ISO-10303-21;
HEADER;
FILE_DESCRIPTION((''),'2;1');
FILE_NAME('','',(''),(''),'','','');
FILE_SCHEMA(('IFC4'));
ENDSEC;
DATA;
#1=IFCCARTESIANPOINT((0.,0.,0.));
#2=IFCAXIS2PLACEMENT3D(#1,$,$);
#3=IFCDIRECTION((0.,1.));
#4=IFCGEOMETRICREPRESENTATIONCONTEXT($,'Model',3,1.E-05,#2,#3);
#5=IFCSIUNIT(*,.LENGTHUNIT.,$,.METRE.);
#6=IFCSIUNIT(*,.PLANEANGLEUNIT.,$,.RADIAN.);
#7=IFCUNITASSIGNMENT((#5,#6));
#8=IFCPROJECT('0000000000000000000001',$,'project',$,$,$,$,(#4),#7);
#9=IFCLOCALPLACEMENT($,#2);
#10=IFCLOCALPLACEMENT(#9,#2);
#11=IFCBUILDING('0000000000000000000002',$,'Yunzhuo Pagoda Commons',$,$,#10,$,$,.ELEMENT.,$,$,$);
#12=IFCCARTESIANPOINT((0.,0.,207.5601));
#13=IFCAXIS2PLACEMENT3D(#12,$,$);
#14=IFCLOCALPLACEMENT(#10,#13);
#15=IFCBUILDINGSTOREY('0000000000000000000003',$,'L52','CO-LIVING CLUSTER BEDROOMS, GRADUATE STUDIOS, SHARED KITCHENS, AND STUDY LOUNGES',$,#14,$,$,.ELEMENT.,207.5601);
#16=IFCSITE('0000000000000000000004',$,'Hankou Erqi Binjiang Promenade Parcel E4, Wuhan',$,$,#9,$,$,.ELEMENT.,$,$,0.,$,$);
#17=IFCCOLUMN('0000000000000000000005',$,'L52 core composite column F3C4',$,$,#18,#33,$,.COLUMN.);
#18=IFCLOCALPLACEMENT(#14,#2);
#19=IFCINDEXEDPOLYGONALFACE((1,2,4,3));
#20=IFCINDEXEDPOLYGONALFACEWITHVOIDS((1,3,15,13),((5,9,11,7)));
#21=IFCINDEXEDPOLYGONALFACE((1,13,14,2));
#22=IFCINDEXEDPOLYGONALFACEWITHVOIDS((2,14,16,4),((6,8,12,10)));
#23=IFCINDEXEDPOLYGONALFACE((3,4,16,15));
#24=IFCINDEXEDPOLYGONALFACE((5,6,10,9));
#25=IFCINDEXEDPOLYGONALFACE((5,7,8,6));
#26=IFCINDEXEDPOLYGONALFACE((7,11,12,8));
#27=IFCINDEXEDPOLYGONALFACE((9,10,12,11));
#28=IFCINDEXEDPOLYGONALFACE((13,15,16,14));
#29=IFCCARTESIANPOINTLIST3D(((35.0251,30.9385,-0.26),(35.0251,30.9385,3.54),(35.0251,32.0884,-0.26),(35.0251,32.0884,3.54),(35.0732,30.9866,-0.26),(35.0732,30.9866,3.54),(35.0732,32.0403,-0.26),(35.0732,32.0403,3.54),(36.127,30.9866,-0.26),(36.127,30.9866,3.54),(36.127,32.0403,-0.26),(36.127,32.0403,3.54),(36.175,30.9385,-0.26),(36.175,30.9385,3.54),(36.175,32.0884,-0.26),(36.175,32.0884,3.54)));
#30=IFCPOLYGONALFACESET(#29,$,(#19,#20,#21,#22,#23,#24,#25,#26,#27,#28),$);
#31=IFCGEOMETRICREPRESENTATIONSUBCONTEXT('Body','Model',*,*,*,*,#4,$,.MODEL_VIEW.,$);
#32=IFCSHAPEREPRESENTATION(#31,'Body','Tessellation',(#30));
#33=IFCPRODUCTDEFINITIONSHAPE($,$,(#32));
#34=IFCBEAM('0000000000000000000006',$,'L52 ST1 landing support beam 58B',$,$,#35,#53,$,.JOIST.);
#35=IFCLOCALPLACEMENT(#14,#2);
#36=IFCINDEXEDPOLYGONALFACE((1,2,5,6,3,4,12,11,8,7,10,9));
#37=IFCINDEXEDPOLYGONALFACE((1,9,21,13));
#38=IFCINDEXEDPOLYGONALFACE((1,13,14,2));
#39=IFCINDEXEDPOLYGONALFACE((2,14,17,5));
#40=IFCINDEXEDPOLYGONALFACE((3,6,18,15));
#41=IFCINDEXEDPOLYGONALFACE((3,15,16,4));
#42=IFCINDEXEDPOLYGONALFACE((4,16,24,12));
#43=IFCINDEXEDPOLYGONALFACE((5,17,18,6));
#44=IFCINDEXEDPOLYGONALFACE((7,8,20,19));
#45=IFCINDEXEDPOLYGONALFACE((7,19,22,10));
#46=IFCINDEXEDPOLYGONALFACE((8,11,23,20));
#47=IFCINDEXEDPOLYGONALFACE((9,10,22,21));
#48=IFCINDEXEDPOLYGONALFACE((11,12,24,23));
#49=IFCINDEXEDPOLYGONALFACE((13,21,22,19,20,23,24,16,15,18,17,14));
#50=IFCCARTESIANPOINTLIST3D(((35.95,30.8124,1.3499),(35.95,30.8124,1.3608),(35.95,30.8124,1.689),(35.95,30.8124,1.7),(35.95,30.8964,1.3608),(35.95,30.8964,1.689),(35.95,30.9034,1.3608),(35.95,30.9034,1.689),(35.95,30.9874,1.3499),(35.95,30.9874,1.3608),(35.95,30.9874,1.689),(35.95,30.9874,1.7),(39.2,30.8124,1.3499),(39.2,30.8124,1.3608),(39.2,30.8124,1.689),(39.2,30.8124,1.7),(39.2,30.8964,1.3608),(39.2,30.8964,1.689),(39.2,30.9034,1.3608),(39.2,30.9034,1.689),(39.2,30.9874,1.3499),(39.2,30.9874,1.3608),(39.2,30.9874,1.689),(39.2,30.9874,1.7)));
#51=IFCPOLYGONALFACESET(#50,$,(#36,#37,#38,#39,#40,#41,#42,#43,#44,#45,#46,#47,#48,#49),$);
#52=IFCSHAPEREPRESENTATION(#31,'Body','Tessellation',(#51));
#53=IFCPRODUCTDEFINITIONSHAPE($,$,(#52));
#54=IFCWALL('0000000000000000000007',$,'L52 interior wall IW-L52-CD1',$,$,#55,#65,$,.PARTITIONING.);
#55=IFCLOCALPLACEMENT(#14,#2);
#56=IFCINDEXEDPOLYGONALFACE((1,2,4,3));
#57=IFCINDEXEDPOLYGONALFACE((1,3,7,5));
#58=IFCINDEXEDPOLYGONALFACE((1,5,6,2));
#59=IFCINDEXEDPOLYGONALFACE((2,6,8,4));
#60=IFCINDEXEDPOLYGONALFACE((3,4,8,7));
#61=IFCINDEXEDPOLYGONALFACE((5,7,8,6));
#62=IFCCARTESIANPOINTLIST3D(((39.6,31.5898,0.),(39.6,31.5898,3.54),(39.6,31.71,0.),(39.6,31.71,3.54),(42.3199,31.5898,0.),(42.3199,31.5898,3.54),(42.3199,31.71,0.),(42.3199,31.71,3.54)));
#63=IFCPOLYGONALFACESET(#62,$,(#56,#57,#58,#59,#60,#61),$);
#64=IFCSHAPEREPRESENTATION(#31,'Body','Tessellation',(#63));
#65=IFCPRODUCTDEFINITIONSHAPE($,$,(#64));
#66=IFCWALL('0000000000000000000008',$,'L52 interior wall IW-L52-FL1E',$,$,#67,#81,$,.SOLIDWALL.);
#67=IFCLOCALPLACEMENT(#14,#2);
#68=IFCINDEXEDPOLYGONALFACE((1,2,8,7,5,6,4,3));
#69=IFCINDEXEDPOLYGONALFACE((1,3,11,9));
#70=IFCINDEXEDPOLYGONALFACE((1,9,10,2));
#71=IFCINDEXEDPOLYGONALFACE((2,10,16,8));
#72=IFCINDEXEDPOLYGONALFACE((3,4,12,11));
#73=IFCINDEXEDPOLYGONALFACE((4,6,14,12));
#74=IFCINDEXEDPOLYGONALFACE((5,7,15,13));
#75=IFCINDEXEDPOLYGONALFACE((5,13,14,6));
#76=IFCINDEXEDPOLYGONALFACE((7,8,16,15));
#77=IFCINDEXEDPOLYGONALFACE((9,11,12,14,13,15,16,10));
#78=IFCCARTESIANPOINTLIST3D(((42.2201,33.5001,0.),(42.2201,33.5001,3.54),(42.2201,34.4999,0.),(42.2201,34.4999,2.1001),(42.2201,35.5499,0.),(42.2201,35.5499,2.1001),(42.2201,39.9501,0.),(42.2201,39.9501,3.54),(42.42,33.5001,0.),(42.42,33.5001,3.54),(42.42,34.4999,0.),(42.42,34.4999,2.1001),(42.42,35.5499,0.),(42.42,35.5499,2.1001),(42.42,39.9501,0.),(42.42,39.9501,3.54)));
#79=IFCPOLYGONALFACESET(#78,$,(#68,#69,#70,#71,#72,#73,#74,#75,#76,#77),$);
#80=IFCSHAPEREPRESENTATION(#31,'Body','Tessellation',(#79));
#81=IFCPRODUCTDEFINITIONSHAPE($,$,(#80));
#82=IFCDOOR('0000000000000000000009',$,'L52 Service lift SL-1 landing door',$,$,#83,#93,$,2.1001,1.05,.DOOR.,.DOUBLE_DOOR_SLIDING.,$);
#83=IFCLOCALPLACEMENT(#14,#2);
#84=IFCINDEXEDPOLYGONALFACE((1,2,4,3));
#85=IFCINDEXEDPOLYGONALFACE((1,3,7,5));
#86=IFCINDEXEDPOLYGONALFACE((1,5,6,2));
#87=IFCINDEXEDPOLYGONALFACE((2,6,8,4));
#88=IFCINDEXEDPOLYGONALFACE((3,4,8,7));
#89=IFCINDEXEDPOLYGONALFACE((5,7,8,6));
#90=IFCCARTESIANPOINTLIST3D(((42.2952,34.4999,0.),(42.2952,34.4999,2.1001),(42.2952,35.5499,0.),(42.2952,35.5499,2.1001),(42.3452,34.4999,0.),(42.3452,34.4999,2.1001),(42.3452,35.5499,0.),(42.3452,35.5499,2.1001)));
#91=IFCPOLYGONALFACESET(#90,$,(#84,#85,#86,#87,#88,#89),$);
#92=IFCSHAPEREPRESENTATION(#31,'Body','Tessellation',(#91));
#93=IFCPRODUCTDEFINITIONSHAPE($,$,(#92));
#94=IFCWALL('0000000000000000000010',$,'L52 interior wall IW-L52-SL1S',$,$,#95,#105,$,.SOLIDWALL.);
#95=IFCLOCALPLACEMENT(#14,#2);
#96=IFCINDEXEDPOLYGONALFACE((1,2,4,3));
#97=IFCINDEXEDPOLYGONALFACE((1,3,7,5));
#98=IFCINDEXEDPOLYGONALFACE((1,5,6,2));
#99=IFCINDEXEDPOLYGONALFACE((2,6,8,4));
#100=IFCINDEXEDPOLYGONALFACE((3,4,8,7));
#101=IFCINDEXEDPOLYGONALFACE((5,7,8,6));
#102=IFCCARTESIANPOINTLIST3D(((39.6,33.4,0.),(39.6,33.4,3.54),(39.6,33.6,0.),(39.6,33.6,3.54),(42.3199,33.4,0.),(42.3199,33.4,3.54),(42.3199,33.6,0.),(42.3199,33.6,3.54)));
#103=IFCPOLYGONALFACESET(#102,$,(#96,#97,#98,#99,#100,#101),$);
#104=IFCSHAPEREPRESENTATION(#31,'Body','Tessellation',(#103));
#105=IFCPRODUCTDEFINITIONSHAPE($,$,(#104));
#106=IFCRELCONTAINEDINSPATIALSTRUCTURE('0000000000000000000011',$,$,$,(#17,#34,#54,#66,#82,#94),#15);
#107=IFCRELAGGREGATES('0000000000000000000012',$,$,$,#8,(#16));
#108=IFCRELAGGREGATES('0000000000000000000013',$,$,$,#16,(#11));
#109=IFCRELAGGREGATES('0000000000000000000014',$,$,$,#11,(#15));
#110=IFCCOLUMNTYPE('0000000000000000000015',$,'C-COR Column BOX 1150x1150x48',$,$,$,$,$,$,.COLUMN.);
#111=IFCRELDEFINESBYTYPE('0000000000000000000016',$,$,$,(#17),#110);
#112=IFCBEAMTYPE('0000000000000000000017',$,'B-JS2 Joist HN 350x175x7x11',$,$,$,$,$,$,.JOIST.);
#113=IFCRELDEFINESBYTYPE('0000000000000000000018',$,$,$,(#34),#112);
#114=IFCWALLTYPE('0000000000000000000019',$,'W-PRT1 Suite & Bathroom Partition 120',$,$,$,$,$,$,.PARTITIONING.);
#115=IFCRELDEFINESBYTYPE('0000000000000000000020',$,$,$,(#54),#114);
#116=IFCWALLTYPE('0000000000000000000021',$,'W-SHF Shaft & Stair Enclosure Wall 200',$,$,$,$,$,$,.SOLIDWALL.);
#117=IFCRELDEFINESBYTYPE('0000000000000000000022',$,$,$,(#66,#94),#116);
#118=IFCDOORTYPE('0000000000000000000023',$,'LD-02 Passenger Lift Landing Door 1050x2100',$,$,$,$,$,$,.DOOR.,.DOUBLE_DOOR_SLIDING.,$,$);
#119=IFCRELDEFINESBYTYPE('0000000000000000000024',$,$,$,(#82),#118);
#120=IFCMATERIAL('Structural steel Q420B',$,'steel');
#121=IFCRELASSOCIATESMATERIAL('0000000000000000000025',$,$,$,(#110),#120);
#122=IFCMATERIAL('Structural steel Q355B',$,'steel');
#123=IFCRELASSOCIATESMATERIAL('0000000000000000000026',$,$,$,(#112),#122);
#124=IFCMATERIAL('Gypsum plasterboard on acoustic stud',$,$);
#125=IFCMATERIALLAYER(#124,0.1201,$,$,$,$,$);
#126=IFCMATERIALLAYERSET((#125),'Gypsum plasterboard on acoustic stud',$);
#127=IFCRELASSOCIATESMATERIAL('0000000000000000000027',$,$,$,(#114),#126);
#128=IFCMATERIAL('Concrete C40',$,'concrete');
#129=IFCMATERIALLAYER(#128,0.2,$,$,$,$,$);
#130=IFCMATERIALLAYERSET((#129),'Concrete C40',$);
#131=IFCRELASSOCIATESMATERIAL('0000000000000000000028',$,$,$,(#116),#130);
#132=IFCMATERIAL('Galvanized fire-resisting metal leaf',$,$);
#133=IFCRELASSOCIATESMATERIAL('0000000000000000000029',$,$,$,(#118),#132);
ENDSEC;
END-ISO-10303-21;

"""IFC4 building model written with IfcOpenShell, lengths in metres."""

from ifc_helpers import new_model, si_unit, direction, frame, frame_2d, origin, origin_with_axes, origin_2d, place, context, subcontext, project, spatial, rectangle, hollow_rectangle, i_section, extrude, source, transform, mapped, material, layer, layer_set, material_profile, profile_set, type_object, element, fill, save


model = new_model("IFC4")

# Units and contexts
model_context = context("Model", 3, precision=1e-05, world=origin(), true_north=direction((0.0, 1.0)))
body_context = subcontext(model_context, "Body", "Model", "MODEL_VIEW")
ifc_project = project(units=[si_unit("LENGTHUNIT", "METRE"), si_unit("PLANEANGLEUNIT", "RADIAN")], contexts=[model_context])

# Site, building, storey
site_placement = place(None, origin())
site = spatial("IfcSite", under=ifc_project, at=site_placement, Name="Hankou Erqi Binjiang Promenade Parcel E4, Wuhan", CompositionType="ELEMENT", RefElevation=0.0)
building_placement = place(site_placement, origin())
building = spatial("IfcBuilding", under=site, at=building_placement, Name="Yunzhuo Pagoda Commons", CompositionType="ELEMENT")
storey_placement = place(building_placement, frame((0.0, 0.0, 207.5601)))
storey = spatial("IfcBuildingStorey", under=building, at=storey_placement, Name="L52", Description="CO-LIVING CLUSTER BEDROOMS, GRADUATE STUDIOS, SHARED KITCHENS, AND STUDY LOUNGES", CompositionType="ELEMENT", Elevation=207.5601)

# Column
ifc_material_1 = material(Name="Structural steel Q420B", Category="steel")
ifc_material_profile_1 = material_profile(ifc_material_1, hollow_rectangle(XDim=1.1499, YDim=1.1499, WallThickness=0.0481, at=origin_2d()), Name="Structural steel Q420B")
ifc_profile_set_1 = profile_set([ifc_material_profile_1], Name="Structural steel Q420B")
column_type = type_object("IfcColumnType", Name="C-COR Column BOX 1150x1150x48", PredefinedType="COLUMN", material=ifc_profile_set_1)
shared_shape_1 = source(origin(), body_context, "Body", "SweptSolid", [
    extrude(hollow_rectangle(XDim=1.1499, YDim=1.1499, WallThickness=0.0481, at=origin_2d()), origin(), (0.0, 0.0, 1.0), 3.8),
])
column_placement = place(storey_placement, frame((35.6001, 31.5134, -0.26), z_axis=(0.0, 0.0, 1.0), x_axis=(1.0, 0.0, 0.0)))
element("IfcColumn", 1, at=column_placement, inside=storey, type_object=column_type, Name="L52 core composite column F3C4", PredefinedType="COLUMN", context=body_context, shape_type="MappedRepresentation", body=[
    mapped(shared_shape_1, transform((0.0, 0.0, 0.0), scale=1.0)),
])

# Beam
ifc_material_2 = material(Name="Structural steel Q355B", Category="steel")
ifc_material_profile_2 = material_profile(ifc_material_2, i_section(OverallWidth=0.175, OverallDepth=0.3501, WebThickness=0.0071, FlangeThickness=0.011, at=origin_2d()), Name="Structural steel Q355B")
ifc_profile_set_2 = profile_set([ifc_material_profile_2], Name="Structural steel Q355B")
beam_type = type_object("IfcBeamType", Name="B-JS2 Joist HN 350x175x7x11", PredefinedType="JOIST", material=ifc_profile_set_2)
shared_shape_2 = source(origin(), body_context, "Body", "SweptSolid", [
    extrude(i_section(OverallWidth=0.175, OverallDepth=0.3501, WebThickness=0.0071, FlangeThickness=0.011, at=origin_2d()), origin(), (0.0, 0.0, 1.0), 3.25),
])
beam_placement = place(storey_placement, frame((35.95, 30.8999, 1.5249), z_axis=(1.0, 0.0, 0.0), x_axis=(0.0, 1.0, 0.0)))
element("IfcBeam", 2, at=beam_placement, inside=storey, type_object=beam_type, Name="L52 ST1 landing support beam 58B", PredefinedType="JOIST", context=body_context, shape_type="MappedRepresentation", body=[
    mapped(shared_shape_2, transform((0.0, 0.0, 0.0), scale=1.0)),
])

# Wall
ifc_material_3 = material(Name="Gypsum plasterboard on acoustic stud")
ifc_layer_1 = layer(ifc_material_3, 0.1201)
ifc_layer_set_1 = layer_set([ifc_layer_1], Name="Gypsum plasterboard on acoustic stud")
wall_type_1 = type_object("IfcWallType", Name="W-PRT1 Suite & Bathroom Partition 120", PredefinedType="PARTITIONING", material=ifc_layer_set_1)
wall_1_placement = place(storey_placement, frame((39.6001, 31.6499, 0.0), z_axis=(0.0, 0.0, 1.0), x_axis=(1.0, 0.0, 0.0)))
element("IfcWall", 3, at=wall_1_placement, inside=storey, type_object=wall_type_1, Name="L52 interior wall IW-L52-CD1", PredefinedType="PARTITIONING", context=body_context, shape_type="SweptSolid", body=[
    extrude(rectangle(XDim=2.72, YDim=0.1201, at=frame_2d((1.3599, 0.0))), origin(), (0.0, 0.0, 1.0), 3.54),
])

# Wall, opening, door
ifc_material_4 = material(Name="Concrete C40", Category="concrete")
ifc_layer_2 = layer(ifc_material_4, 0.2)
ifc_layer_set_2 = layer_set([ifc_layer_2], Name="Concrete C40")
wall_type_2 = type_object("IfcWallType", Name="W-SHF Shaft & Stair Enclosure Wall 200", PredefinedType="SOLIDWALL", material=ifc_layer_set_2)
wall_2_placement = place(storey_placement, frame((42.3201, 33.5, 0.0), z_axis=(0.0, 0.0, 1.0), x_axis=(0.0, 1.0, 0.0)))
wall_2 = element("IfcWall", 4, at=wall_2_placement, inside=storey, type_object=wall_type_2, Name="L52 interior wall IW-L52-FL1E", PredefinedType="SOLIDWALL", context=body_context, shape_type="SweptSolid", body=[
    extrude(rectangle(XDim=6.45, YDim=0.2, at=frame_2d((3.2251, 0.0))), origin(), (0.0, 0.0, 1.0), 3.54),
])
opening_1_placement = place(wall_2_placement, frame((1.0, 0.0, 0.0)))
opening_1 = element("IfcOpeningElement", 5, at=opening_1_placement, cuts=wall_2, PredefinedType="OPENING", context=body_context, shape_type="SweptSolid", body=[
    extrude(rectangle(XDim=1.05, YDim=2.1001, at=frame_2d((0.5249, 1.05))), frame((0.0, 0.1099, 0.0), z_axis=(0.0, -1.0, 0.0), x_axis=(1.0, 0.0, 0.0)), (0.0, 0.0, 1.0), 0.22),
])
ifc_material_5 = material(Name="Galvanized fire-resisting metal leaf")
door_type = type_object("IfcDoorType", Name="LD-02 Passenger Lift Landing Door 1050x2100", OperationType="DOUBLE_DOOR_SLIDING", PredefinedType="DOOR", material=ifc_material_5)
shared_shape_3 = source(origin(), body_context, "Body", "SweptSolid", [
    extrude(rectangle(XDim=1.05, YDim=2.1001, at=frame_2d((0.5249, 1.05))), frame((0.0, 0.0249, 0.0), z_axis=(0.0, -1.0, 0.0), x_axis=(1.0, 0.0, 0.0)), (0.0, 0.0, 1.0), 0.05),
])
door_1_placement = place(opening_1_placement, origin_with_axes())
door_1 = element("IfcDoor", 6, at=door_1_placement, inside=storey, type_object=door_type, Name="L52 Service lift SL-1 landing door", OperationType="DOUBLE_DOOR_SLIDING", OverallHeight=2.1001, OverallWidth=1.05, PredefinedType="DOOR", context=body_context, shape_type="MappedRepresentation", body=[
    mapped(shared_shape_3, transform((0.0, 0.0, 0.0), scale=1.0)),
])
fill(opening_1, door_1)

# Wall
wall_3_placement = place(storey_placement, frame((39.6001, 33.5, 0.0), z_axis=(0.0, 0.0, 1.0), x_axis=(1.0, 0.0, 0.0)))
element("IfcWall", 7, at=wall_3_placement, inside=storey, type_object=wall_type_2, Name="L52 interior wall IW-L52-SL1S", PredefinedType="SOLIDWALL", context=body_context, shape_type="SweptSolid", body=[
    extrude(rectangle(XDim=2.72, YDim=0.2, at=frame_2d((1.3599, 0.0))), origin(), (0.0, 0.0, 1.0), 3.54),
])

save(model, "model.ifc")
